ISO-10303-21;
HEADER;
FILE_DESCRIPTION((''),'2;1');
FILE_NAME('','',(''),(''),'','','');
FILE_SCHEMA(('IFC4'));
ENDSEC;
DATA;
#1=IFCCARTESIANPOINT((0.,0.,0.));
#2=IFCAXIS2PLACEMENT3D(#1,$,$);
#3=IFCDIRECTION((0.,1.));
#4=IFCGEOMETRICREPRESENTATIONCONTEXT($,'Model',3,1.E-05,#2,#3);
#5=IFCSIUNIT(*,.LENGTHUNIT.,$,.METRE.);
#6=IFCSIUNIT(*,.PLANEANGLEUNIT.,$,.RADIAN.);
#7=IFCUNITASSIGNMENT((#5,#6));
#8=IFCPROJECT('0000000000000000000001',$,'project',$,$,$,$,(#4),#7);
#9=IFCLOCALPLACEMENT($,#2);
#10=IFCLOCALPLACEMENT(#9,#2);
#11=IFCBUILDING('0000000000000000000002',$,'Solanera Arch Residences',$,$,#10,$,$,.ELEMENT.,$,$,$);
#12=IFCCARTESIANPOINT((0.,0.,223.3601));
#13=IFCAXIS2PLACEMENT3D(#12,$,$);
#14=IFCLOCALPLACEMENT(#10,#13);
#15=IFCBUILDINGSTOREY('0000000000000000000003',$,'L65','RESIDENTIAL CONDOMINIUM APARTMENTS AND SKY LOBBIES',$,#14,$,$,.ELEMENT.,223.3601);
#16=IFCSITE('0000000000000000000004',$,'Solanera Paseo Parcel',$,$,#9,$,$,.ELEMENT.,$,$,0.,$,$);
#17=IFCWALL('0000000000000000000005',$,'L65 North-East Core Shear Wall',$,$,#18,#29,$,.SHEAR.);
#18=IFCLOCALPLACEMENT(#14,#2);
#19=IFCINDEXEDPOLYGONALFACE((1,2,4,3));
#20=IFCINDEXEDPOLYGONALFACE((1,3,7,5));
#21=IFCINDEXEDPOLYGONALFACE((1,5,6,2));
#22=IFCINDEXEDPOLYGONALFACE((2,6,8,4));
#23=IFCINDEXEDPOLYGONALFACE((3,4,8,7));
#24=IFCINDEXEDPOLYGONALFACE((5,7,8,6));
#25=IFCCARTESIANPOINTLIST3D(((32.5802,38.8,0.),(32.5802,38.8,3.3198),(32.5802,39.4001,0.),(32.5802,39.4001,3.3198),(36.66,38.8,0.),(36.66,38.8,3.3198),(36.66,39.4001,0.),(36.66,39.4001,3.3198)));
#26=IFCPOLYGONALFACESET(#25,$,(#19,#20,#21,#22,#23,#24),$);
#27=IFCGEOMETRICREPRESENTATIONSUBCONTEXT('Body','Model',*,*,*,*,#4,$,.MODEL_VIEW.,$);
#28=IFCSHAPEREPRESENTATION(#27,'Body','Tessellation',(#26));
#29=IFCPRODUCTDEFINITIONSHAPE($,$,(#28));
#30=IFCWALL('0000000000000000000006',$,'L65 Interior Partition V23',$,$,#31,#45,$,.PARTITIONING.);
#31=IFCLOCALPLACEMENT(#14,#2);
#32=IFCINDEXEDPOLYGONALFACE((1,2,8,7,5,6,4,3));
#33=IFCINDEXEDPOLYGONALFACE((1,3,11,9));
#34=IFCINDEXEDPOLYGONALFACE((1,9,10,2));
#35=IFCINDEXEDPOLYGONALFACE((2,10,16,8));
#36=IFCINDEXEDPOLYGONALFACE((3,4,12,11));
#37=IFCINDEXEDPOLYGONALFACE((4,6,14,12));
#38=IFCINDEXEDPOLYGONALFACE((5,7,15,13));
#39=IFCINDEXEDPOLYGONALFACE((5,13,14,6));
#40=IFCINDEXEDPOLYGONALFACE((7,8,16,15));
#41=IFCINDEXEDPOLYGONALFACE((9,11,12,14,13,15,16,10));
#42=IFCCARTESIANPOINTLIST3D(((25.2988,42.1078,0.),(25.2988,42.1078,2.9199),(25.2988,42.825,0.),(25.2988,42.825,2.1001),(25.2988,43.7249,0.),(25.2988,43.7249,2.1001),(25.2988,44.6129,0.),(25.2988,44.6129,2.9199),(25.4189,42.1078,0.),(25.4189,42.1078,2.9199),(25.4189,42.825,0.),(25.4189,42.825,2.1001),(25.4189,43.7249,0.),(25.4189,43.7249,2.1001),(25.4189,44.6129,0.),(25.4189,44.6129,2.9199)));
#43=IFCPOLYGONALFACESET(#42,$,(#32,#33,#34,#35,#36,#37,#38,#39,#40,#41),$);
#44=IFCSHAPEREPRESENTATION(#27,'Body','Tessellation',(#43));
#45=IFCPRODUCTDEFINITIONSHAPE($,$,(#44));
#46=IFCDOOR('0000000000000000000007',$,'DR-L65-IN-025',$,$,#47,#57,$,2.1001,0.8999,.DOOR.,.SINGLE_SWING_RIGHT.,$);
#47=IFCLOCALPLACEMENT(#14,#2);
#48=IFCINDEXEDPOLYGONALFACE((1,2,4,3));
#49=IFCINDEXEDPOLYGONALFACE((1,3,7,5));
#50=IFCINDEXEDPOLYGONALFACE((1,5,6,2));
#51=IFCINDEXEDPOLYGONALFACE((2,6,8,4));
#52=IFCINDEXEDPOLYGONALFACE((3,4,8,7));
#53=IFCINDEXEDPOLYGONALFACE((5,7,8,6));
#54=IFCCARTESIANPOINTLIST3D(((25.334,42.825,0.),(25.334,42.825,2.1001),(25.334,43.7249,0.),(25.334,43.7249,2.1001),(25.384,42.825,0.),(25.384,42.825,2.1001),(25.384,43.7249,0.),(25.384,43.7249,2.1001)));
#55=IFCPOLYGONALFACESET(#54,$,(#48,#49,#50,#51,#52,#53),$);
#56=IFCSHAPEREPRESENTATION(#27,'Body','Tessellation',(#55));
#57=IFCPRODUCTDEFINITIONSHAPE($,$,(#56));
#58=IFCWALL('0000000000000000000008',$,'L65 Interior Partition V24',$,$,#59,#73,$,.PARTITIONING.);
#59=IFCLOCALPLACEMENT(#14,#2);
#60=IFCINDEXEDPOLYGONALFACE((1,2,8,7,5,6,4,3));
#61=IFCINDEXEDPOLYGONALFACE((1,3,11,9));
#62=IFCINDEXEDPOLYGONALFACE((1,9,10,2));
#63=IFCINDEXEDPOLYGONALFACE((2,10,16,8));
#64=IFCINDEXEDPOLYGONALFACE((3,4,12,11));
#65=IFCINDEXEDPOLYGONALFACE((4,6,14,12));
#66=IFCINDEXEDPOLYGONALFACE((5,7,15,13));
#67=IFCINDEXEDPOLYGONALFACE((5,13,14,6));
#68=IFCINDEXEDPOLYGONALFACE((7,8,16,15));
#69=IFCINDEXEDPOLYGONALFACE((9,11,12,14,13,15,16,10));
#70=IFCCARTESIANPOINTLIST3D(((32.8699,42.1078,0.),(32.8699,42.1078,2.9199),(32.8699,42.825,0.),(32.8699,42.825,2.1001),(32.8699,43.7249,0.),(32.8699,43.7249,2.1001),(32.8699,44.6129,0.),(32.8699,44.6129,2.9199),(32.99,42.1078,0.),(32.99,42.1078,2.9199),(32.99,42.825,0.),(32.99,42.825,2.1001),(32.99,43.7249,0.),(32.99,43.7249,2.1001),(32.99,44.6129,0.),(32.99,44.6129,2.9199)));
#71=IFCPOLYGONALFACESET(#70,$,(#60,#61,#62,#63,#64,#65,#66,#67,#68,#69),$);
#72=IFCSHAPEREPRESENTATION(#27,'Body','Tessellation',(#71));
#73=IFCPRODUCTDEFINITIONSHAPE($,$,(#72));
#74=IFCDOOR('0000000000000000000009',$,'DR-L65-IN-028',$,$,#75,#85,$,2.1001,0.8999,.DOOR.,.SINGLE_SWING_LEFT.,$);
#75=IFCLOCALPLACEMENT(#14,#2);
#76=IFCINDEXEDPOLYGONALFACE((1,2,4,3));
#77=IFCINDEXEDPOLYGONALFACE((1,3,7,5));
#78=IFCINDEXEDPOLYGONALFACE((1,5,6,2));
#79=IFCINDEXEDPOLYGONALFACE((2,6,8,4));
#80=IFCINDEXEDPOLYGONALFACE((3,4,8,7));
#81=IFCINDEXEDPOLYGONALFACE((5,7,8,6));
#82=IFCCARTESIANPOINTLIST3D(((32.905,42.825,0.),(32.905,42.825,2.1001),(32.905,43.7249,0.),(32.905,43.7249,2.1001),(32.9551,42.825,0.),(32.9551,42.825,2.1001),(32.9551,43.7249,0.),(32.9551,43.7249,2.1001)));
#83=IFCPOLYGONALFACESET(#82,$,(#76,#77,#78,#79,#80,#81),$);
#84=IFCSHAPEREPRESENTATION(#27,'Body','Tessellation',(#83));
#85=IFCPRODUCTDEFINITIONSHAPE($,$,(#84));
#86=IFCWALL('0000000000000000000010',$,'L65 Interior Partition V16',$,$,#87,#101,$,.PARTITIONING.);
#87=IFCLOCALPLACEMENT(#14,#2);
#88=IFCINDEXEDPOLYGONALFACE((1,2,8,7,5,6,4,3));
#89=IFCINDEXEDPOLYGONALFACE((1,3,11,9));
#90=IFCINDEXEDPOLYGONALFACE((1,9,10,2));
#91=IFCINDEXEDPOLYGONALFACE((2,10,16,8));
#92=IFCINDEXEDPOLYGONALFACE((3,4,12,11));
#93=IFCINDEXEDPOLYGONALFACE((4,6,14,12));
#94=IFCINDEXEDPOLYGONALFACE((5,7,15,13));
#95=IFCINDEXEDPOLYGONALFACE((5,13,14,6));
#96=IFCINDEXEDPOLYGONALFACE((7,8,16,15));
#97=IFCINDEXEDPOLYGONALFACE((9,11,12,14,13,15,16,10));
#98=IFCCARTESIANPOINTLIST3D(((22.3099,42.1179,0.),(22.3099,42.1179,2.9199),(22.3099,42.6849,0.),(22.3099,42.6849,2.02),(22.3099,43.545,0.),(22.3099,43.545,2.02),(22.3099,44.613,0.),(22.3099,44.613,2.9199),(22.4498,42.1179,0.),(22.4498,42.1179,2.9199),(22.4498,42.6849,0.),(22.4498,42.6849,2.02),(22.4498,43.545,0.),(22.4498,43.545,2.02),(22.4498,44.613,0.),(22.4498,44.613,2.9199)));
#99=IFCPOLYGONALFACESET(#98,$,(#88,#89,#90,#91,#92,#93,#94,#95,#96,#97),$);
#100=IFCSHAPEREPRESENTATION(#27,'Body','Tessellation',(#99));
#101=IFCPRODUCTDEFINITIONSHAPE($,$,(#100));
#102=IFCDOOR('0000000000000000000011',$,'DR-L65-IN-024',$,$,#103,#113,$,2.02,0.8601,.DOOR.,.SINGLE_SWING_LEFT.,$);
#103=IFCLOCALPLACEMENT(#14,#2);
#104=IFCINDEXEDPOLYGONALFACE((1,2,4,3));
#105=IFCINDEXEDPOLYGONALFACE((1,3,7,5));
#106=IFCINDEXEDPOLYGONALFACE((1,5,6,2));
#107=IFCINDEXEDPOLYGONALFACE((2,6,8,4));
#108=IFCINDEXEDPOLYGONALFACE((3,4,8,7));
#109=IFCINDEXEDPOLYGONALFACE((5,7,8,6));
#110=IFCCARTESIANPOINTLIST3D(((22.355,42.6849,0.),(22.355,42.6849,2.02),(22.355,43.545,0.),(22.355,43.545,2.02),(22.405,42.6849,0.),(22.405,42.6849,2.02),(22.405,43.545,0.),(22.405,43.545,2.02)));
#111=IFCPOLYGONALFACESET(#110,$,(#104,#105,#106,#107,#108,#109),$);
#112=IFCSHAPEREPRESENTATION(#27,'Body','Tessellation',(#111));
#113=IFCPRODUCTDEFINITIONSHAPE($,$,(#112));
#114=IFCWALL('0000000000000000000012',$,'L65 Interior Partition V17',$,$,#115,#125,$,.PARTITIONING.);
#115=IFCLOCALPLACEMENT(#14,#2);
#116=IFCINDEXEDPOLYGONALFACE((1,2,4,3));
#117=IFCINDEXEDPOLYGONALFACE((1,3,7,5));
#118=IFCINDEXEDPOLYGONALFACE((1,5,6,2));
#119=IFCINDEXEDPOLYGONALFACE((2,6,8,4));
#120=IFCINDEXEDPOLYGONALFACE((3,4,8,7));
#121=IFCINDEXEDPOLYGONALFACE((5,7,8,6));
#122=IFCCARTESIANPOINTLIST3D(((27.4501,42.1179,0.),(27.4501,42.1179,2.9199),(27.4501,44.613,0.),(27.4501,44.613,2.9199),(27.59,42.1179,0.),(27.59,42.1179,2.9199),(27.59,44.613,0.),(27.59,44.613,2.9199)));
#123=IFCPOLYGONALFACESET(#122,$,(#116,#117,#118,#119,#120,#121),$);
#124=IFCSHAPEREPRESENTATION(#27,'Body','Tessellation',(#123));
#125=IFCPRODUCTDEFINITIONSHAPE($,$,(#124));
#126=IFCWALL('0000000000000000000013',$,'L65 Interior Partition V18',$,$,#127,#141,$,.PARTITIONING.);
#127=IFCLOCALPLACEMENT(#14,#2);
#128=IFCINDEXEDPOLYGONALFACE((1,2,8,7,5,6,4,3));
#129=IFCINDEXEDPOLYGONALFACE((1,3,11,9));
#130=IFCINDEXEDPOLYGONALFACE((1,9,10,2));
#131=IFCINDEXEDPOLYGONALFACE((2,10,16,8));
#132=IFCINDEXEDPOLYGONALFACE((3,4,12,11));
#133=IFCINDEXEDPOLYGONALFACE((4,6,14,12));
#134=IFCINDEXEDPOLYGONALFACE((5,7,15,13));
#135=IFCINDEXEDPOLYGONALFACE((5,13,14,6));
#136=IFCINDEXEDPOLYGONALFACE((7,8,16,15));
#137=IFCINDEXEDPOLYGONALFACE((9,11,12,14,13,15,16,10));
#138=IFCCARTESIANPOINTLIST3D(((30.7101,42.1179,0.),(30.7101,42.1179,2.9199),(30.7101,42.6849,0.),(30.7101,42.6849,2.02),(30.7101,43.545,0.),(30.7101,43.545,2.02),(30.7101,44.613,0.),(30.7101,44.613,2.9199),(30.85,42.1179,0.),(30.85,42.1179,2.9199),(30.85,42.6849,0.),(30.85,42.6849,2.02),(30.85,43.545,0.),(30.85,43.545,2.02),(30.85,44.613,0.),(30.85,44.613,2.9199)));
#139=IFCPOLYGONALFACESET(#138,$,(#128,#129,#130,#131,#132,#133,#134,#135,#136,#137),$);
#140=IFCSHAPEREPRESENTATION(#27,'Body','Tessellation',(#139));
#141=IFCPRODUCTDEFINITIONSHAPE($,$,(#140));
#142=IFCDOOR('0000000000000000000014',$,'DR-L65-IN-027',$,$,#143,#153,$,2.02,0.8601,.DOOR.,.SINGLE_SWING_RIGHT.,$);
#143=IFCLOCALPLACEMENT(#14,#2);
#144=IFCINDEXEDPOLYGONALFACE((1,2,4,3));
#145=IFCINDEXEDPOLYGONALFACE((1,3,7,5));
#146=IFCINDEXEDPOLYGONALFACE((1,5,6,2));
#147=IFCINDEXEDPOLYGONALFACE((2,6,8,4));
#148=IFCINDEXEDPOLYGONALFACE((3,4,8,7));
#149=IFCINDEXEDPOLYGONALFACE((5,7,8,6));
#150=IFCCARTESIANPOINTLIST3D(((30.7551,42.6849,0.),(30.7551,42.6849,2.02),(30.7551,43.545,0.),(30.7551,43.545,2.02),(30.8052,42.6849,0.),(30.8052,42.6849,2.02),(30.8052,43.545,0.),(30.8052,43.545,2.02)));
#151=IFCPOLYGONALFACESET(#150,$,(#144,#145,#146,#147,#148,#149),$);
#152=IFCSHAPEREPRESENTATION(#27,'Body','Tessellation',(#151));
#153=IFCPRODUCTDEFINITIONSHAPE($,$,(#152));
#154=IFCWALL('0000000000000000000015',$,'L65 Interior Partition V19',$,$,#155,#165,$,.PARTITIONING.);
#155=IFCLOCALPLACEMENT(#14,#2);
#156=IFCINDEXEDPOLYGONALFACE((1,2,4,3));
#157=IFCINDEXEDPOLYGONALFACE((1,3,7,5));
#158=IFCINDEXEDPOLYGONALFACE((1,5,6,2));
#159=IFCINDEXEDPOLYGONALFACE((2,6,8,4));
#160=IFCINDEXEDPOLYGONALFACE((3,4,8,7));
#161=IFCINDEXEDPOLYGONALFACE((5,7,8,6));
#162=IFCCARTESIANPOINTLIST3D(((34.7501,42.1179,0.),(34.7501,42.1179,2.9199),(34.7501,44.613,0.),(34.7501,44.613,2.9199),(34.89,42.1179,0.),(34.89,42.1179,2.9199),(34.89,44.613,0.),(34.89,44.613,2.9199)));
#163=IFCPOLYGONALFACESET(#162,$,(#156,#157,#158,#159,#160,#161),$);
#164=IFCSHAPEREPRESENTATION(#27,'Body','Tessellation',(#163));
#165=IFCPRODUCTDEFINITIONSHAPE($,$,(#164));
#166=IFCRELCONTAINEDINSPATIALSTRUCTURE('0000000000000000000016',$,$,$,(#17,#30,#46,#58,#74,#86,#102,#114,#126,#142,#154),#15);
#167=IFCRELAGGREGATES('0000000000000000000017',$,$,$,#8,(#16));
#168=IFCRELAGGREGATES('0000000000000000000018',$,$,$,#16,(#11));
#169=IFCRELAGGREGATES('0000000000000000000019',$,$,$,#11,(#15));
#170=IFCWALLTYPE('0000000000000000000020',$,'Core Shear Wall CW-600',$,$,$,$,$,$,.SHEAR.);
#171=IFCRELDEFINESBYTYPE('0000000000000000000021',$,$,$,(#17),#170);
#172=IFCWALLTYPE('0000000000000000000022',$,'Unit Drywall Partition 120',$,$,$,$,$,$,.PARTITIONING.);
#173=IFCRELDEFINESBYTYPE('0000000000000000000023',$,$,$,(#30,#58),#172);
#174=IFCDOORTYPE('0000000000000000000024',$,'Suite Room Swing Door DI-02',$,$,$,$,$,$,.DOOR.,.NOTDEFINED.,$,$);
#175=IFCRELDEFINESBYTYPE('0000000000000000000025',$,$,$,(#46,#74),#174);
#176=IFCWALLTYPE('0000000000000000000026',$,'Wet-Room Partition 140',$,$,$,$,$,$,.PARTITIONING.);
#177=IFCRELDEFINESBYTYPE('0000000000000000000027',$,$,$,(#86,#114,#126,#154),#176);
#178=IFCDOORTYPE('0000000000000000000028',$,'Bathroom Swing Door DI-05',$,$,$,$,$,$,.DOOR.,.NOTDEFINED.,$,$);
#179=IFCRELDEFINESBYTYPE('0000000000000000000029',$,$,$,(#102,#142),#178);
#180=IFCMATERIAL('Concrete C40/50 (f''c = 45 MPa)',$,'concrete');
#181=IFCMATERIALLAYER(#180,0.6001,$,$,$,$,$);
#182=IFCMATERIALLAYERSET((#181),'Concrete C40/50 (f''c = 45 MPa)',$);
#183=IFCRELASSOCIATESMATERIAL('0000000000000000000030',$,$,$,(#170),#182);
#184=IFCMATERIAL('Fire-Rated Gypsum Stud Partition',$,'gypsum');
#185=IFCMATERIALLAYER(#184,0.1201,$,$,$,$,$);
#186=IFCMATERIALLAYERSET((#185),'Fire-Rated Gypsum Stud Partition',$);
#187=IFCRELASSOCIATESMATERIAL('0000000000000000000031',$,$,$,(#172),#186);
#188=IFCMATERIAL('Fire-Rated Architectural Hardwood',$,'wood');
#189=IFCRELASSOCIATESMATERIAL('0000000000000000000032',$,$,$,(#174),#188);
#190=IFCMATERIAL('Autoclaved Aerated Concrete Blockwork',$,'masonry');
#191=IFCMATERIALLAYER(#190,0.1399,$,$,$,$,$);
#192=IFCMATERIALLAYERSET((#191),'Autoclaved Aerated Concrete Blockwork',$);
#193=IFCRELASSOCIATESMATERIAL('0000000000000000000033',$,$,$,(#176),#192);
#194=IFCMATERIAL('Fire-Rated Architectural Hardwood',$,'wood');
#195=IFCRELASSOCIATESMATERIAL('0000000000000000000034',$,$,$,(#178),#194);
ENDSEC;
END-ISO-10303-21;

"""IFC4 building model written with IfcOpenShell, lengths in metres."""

from ifc_helpers import new_model, si_unit, direction, frame, frame_2d, origin, place, context, subcontext, project, spatial, rectangle, extrude, material, layer, layer_set, type_object, element, fill, save


model = new_model("IFC4")

# Units and contexts
model_context = context("Model", 3, precision=1e-05, world=origin(), true_north=direction((0.0, 1.0)))
body_context = subcontext(model_context, "Body", "Model", "MODEL_VIEW")
ifc_project = project(units=[si_unit("LENGTHUNIT", "METRE"), si_unit("PLANEANGLEUNIT", "RADIAN")], contexts=[model_context])

# Site, building, storey
site_placement = place(None, origin())
site = spatial("IfcSite", under=ifc_project, at=site_placement, Name="Solanera Paseo Parcel", CompositionType="ELEMENT", RefElevation=0.0)
building_placement = place(site_placement, origin())
building = spatial("IfcBuilding", under=site, at=building_placement, Name="Solanera Arch Residences", CompositionType="ELEMENT")
storey_placement = place(building_placement, frame((0.0, 0.0, 223.3601)))
storey = spatial("IfcBuildingStorey", under=building, at=storey_placement, Name="L65", Description="RESIDENTIAL CONDOMINIUM APARTMENTS AND SKY LOBBIES", CompositionType="ELEMENT", Elevation=223.3601)

# Wall
ifc_material_1 = material(Name="Concrete C40/50 (f'c = 45 MPa)", Category="concrete")
ifc_layer_1 = layer(ifc_material_1, 0.6001)
ifc_layer_set_1 = layer_set([ifc_layer_1], Name="Concrete C40/50 (f'c = 45 MPa)")
wall_type_1 = type_object("IfcWallType", Name="Core Shear Wall CW-600", PredefinedType="SHEAR", material=ifc_layer_set_1)
wall_1_placement = place(storey_placement, frame((32.5801, 39.1001, 0.0), z_axis=(0.0, 0.0, 1.0), x_axis=(1.0, 0.0, 0.0)))
element("IfcWall", 1, at=wall_1_placement, inside=storey, type_object=wall_type_1, Name="L65 North-East Core Shear Wall", PredefinedType="SHEAR", context=body_context, shape_type="SweptSolid", body=[
    extrude(rectangle(XDim=4.0798, YDim=0.6001, at=frame_2d((2.04, 0.0))), origin(), (0.0, 0.0, 1.0), 3.3198),
])

# Walls, openings, doors
ifc_material_2 = material(Name="Fire-Rated Gypsum Stud Partition", Category="gypsum")
ifc_layer_2 = layer(ifc_material_2, 0.1201)
ifc_layer_set_2 = layer_set([ifc_layer_2], Name="Fire-Rated Gypsum Stud Partition")
wall_type_2 = type_object("IfcWallType", Name="Unit Drywall Partition 120", PredefinedType="PARTITIONING", material=ifc_layer_set_2)
wall_2_placement = place(storey_placement, frame((25.3589, 42.1079, 0.0), z_axis=(0.0, 0.0, 1.0), x_axis=(0.0, 1.0, 0.0)))
wall_2 = element("IfcWall", 2, at=wall_2_placement, inside=storey, type_object=wall_type_2, Name="L65 Interior Partition V23", PredefinedType="PARTITIONING", context=body_context, shape_type="SweptSolid", body=[
    extrude(rectangle(XDim=2.5051, YDim=0.1201, at=frame_2d((1.2524, 0.0))), origin(), (0.0, 0.0, 1.0), 2.9199),
])
opening_1_placement = place(wall_2_placement, frame((0.717, 0.0, 0.0)))
opening_1 = element("IfcOpeningElement", 3, at=opening_1_placement, cuts=wall_2, PredefinedType="OPENING", context=body_context, shape_type="SweptSolid", body=[
    extrude(rectangle(XDim=0.8999, YDim=2.1001, at=frame_2d((0.45, 1.05))), frame((0.0, 0.0701, 0.0), z_axis=(0.0, -1.0, 0.0), x_axis=(1.0, 0.0, 0.0)), (0.0, 0.0, 1.0), 0.1401),
])
ifc_material_3 = material(Name="Fire-Rated Architectural Hardwood", Category="wood")
door_type_1 = type_object("IfcDoorType", Name="Suite Room Swing Door DI-02", OperationType="NOTDEFINED", PredefinedType="DOOR", material=ifc_material_3)
door_1_placement = place(opening_1_placement, origin())
door_1 = element("IfcDoor", 4, at=door_1_placement, inside=storey, type_object=door_type_1, Name="DR-L65-IN-025", OperationType="SINGLE_SWING_RIGHT", OverallHeight=2.1001, OverallWidth=0.8999, PredefinedType="DOOR", context=body_context, shape_type="SweptSolid", body=[
    extrude(rectangle(XDim=0.8999, YDim=2.1001, at=frame_2d((0.45, 1.05))), frame((0.0, 0.0249, 0.0), z_axis=(0.0, -1.0, 0.0), x_axis=(1.0, 0.0, 0.0)), (0.0, 0.0, 1.0), 0.05),
])
fill(opening_1, door_1)
wall_3_placement = place(storey_placement, frame((32.9299, 42.1079, 0.0), z_axis=(0.0, 0.0, 1.0), x_axis=(0.0, 1.0, 0.0)))
wall_3 = element("IfcWall", 5, at=wall_3_placement, inside=storey, type_object=wall_type_2, Name="L65 Interior Partition V24", PredefinedType="PARTITIONING", context=body_context, shape_type="SweptSolid", body=[
    extrude(rectangle(XDim=2.5051, YDim=0.1201, at=frame_2d((1.2524, 0.0))), origin(), (0.0, 0.0, 1.0), 2.9199),
])
opening_2_placement = place(wall_3_placement, frame((0.717, 0.0, 0.0)))
opening_2 = element("IfcOpeningElement", 6, at=opening_2_placement, cuts=wall_3, PredefinedType="OPENING", context=body_context, shape_type="SweptSolid", body=[
    extrude(rectangle(XDim=0.8999, YDim=2.1001, at=frame_2d((0.45, 1.05))), frame((0.0, 0.0701, 0.0), z_axis=(0.0, -1.0, 0.0), x_axis=(1.0, 0.0, 0.0)), (0.0, 0.0, 1.0), 0.1401),
])
door_2_placement = place(opening_2_placement, origin())
door_2 = element("IfcDoor", 7, at=door_2_placement, inside=storey, type_object=door_type_1, Name="DR-L65-IN-028", OperationType="SINGLE_SWING_LEFT", OverallHeight=2.1001, OverallWidth=0.8999, PredefinedType="DOOR", context=body_context, shape_type="SweptSolid", body=[
    extrude(rectangle(XDim=0.8999, YDim=2.1001, at=frame_2d((0.45, 1.05))), frame((0.0, 0.0249, 0.0), z_axis=(0.0, -1.0, 0.0), x_axis=(1.0, 0.0, 0.0)), (0.0, 0.0, 1.0), 0.05),
])
fill(opening_2, door_2)
ifc_material_4 = material(Name="Autoclaved Aerated Concrete Blockwork", Category="masonry")
ifc_layer_3 = layer(ifc_material_4, 0.1399)
ifc_layer_set_3 = layer_set([ifc_layer_3], Name="Autoclaved Aerated Concrete Blockwork")
wall_type_3 = type_object("IfcWallType", Name="Wet-Room Partition 140", PredefinedType="PARTITIONING", material=ifc_layer_set_3)
wall_4_placement = place(storey_placement, frame((22.3799, 42.1179, 0.0), z_axis=(0.0, 0.0, 1.0), x_axis=(0.0, 1.0, 0.0)))
wall_4 = element("IfcWall", 8, at=wall_4_placement, inside=storey, type_object=wall_type_3, Name="L65 Interior Partition V16", PredefinedType="PARTITIONING", context=body_context, shape_type="SweptSolid", body=[
    extrude(rectangle(XDim=2.4951, YDim=0.1399, at=frame_2d((1.2476, 0.0))), origin(), (0.0, 0.0, 1.0), 2.9199),
])
opening_3_placement = place(wall_4_placement, frame((0.5669, 0.0, 0.0)))
opening_3 = element("IfcOpeningElement", 9, at=opening_3_placement, cuts=wall_4, PredefinedType="OPENING", context=body_context, shape_type="SweptSolid", body=[
    extrude(rectangle(XDim=0.8601, YDim=2.02, at=frame_2d((0.4302, 1.01))), frame((0.0, 0.0798, 0.0), z_axis=(0.0, -1.0, 0.0), x_axis=(1.0, 0.0, 0.0)), (0.0, 0.0, 1.0), 0.1599),
])
ifc_material_5 = material(Name="Fire-Rated Architectural Hardwood", Category="wood")
door_type_2 = type_object("IfcDoorType", Name="Bathroom Swing Door DI-05", OperationType="NOTDEFINED", PredefinedType="DOOR", material=ifc_material_5)
door_3_placement = place(opening_3_placement, origin())
door_3 = element("IfcDoor", 10, at=door_3_placement, inside=storey, type_object=door_type_2, Name="DR-L65-IN-024", OperationType="SINGLE_SWING_LEFT", OverallHeight=2.02, OverallWidth=0.8601, PredefinedType="DOOR", context=body_context, shape_type="SweptSolid", body=[
    extrude(rectangle(XDim=0.8601, YDim=2.02, at=frame_2d((0.4302, 1.01))), frame((0.0, 0.0249, 0.0), z_axis=(0.0, -1.0, 0.0), x_axis=(1.0, 0.0, 0.0)), (0.0, 0.0, 1.0), 0.05),
])
fill(opening_3, door_3)

# Wall
wall_5_placement = place(storey_placement, frame((27.52, 42.1179, 0.0), z_axis=(0.0, 0.0, 1.0), x_axis=(0.0, 1.0, 0.0)))
element("IfcWall", 11, at=wall_5_placement, inside=storey, type_object=wall_type_3, Name="L65 Interior Partition V17", PredefinedType="PARTITIONING", context=body_context, shape_type="SweptSolid", body=[
    extrude(rectangle(XDim=2.4951, YDim=0.1399, at=frame_2d((1.2476, 0.0))), origin(), (0.0, 0.0, 1.0), 2.9199),
])

# Wall, opening, door
wall_6_placement = place(storey_placement, frame((30.78, 42.1179, 0.0), z_axis=(0.0, 0.0, 1.0), x_axis=(0.0, 1.0, 0.0)))
wall_6 = element("IfcWall", 12, at=wall_6_placement, inside=storey, type_object=wall_type_3, Name="L65 Interior Partition V18", PredefinedType="PARTITIONING", context=body_context, shape_type="SweptSolid", body=[
    extrude(rectangle(XDim=2.4951, YDim=0.1399, at=frame_2d((1.2476, 0.0))), origin(), (0.0, 0.0, 1.0), 2.9199),
])
opening_4_placement = place(wall_6_placement, frame((0.5669, 0.0, 0.0)))
opening_4 = element("IfcOpeningElement", 13, at=opening_4_placement, cuts=wall_6, PredefinedType="OPENING", context=body_context, shape_type="SweptSolid", body=[
    extrude(rectangle(XDim=0.8601, YDim=2.02, at=frame_2d((0.4302, 1.01))), frame((0.0, 0.0798, 0.0), z_axis=(0.0, -1.0, 0.0), x_axis=(1.0, 0.0, 0.0)), (0.0, 0.0, 1.0), 0.1599),
])
door_4_placement = place(opening_4_placement, origin())
door_4 = element("IfcDoor", 14, at=door_4_placement, inside=storey, type_object=door_type_2, Name="DR-L65-IN-027", OperationType="SINGLE_SWING_RIGHT", OverallHeight=2.02, OverallWidth=0.8601, PredefinedType="DOOR", context=body_context, shape_type="SweptSolid", body=[
    extrude(rectangle(XDim=0.8601, YDim=2.02, at=frame_2d((0.4302, 1.01))), frame((0.0, 0.0249, 0.0), z_axis=(0.0, -1.0, 0.0), x_axis=(1.0, 0.0, 0.0)), (0.0, 0.0, 1.0), 0.05),
])
fill(opening_4, door_4)

# Wall
wall_7_placement = place(storey_placement, frame((34.8201, 42.1179, 0.0), z_axis=(0.0, 0.0, 1.0), x_axis=(0.0, 1.0, 0.0)))
element("IfcWall", 15, at=wall_7_placement, inside=storey, type_object=wall_type_3, Name="L65 Interior Partition V19", PredefinedType="PARTITIONING", context=body_context, shape_type="SweptSolid", body=[
    extrude(rectangle(XDim=2.4951, YDim=0.1399, at=frame_2d((1.2476, 0.0))), origin(), (0.0, 0.0, 1.0), 2.9199),
])

save(model, "model.ifc")
